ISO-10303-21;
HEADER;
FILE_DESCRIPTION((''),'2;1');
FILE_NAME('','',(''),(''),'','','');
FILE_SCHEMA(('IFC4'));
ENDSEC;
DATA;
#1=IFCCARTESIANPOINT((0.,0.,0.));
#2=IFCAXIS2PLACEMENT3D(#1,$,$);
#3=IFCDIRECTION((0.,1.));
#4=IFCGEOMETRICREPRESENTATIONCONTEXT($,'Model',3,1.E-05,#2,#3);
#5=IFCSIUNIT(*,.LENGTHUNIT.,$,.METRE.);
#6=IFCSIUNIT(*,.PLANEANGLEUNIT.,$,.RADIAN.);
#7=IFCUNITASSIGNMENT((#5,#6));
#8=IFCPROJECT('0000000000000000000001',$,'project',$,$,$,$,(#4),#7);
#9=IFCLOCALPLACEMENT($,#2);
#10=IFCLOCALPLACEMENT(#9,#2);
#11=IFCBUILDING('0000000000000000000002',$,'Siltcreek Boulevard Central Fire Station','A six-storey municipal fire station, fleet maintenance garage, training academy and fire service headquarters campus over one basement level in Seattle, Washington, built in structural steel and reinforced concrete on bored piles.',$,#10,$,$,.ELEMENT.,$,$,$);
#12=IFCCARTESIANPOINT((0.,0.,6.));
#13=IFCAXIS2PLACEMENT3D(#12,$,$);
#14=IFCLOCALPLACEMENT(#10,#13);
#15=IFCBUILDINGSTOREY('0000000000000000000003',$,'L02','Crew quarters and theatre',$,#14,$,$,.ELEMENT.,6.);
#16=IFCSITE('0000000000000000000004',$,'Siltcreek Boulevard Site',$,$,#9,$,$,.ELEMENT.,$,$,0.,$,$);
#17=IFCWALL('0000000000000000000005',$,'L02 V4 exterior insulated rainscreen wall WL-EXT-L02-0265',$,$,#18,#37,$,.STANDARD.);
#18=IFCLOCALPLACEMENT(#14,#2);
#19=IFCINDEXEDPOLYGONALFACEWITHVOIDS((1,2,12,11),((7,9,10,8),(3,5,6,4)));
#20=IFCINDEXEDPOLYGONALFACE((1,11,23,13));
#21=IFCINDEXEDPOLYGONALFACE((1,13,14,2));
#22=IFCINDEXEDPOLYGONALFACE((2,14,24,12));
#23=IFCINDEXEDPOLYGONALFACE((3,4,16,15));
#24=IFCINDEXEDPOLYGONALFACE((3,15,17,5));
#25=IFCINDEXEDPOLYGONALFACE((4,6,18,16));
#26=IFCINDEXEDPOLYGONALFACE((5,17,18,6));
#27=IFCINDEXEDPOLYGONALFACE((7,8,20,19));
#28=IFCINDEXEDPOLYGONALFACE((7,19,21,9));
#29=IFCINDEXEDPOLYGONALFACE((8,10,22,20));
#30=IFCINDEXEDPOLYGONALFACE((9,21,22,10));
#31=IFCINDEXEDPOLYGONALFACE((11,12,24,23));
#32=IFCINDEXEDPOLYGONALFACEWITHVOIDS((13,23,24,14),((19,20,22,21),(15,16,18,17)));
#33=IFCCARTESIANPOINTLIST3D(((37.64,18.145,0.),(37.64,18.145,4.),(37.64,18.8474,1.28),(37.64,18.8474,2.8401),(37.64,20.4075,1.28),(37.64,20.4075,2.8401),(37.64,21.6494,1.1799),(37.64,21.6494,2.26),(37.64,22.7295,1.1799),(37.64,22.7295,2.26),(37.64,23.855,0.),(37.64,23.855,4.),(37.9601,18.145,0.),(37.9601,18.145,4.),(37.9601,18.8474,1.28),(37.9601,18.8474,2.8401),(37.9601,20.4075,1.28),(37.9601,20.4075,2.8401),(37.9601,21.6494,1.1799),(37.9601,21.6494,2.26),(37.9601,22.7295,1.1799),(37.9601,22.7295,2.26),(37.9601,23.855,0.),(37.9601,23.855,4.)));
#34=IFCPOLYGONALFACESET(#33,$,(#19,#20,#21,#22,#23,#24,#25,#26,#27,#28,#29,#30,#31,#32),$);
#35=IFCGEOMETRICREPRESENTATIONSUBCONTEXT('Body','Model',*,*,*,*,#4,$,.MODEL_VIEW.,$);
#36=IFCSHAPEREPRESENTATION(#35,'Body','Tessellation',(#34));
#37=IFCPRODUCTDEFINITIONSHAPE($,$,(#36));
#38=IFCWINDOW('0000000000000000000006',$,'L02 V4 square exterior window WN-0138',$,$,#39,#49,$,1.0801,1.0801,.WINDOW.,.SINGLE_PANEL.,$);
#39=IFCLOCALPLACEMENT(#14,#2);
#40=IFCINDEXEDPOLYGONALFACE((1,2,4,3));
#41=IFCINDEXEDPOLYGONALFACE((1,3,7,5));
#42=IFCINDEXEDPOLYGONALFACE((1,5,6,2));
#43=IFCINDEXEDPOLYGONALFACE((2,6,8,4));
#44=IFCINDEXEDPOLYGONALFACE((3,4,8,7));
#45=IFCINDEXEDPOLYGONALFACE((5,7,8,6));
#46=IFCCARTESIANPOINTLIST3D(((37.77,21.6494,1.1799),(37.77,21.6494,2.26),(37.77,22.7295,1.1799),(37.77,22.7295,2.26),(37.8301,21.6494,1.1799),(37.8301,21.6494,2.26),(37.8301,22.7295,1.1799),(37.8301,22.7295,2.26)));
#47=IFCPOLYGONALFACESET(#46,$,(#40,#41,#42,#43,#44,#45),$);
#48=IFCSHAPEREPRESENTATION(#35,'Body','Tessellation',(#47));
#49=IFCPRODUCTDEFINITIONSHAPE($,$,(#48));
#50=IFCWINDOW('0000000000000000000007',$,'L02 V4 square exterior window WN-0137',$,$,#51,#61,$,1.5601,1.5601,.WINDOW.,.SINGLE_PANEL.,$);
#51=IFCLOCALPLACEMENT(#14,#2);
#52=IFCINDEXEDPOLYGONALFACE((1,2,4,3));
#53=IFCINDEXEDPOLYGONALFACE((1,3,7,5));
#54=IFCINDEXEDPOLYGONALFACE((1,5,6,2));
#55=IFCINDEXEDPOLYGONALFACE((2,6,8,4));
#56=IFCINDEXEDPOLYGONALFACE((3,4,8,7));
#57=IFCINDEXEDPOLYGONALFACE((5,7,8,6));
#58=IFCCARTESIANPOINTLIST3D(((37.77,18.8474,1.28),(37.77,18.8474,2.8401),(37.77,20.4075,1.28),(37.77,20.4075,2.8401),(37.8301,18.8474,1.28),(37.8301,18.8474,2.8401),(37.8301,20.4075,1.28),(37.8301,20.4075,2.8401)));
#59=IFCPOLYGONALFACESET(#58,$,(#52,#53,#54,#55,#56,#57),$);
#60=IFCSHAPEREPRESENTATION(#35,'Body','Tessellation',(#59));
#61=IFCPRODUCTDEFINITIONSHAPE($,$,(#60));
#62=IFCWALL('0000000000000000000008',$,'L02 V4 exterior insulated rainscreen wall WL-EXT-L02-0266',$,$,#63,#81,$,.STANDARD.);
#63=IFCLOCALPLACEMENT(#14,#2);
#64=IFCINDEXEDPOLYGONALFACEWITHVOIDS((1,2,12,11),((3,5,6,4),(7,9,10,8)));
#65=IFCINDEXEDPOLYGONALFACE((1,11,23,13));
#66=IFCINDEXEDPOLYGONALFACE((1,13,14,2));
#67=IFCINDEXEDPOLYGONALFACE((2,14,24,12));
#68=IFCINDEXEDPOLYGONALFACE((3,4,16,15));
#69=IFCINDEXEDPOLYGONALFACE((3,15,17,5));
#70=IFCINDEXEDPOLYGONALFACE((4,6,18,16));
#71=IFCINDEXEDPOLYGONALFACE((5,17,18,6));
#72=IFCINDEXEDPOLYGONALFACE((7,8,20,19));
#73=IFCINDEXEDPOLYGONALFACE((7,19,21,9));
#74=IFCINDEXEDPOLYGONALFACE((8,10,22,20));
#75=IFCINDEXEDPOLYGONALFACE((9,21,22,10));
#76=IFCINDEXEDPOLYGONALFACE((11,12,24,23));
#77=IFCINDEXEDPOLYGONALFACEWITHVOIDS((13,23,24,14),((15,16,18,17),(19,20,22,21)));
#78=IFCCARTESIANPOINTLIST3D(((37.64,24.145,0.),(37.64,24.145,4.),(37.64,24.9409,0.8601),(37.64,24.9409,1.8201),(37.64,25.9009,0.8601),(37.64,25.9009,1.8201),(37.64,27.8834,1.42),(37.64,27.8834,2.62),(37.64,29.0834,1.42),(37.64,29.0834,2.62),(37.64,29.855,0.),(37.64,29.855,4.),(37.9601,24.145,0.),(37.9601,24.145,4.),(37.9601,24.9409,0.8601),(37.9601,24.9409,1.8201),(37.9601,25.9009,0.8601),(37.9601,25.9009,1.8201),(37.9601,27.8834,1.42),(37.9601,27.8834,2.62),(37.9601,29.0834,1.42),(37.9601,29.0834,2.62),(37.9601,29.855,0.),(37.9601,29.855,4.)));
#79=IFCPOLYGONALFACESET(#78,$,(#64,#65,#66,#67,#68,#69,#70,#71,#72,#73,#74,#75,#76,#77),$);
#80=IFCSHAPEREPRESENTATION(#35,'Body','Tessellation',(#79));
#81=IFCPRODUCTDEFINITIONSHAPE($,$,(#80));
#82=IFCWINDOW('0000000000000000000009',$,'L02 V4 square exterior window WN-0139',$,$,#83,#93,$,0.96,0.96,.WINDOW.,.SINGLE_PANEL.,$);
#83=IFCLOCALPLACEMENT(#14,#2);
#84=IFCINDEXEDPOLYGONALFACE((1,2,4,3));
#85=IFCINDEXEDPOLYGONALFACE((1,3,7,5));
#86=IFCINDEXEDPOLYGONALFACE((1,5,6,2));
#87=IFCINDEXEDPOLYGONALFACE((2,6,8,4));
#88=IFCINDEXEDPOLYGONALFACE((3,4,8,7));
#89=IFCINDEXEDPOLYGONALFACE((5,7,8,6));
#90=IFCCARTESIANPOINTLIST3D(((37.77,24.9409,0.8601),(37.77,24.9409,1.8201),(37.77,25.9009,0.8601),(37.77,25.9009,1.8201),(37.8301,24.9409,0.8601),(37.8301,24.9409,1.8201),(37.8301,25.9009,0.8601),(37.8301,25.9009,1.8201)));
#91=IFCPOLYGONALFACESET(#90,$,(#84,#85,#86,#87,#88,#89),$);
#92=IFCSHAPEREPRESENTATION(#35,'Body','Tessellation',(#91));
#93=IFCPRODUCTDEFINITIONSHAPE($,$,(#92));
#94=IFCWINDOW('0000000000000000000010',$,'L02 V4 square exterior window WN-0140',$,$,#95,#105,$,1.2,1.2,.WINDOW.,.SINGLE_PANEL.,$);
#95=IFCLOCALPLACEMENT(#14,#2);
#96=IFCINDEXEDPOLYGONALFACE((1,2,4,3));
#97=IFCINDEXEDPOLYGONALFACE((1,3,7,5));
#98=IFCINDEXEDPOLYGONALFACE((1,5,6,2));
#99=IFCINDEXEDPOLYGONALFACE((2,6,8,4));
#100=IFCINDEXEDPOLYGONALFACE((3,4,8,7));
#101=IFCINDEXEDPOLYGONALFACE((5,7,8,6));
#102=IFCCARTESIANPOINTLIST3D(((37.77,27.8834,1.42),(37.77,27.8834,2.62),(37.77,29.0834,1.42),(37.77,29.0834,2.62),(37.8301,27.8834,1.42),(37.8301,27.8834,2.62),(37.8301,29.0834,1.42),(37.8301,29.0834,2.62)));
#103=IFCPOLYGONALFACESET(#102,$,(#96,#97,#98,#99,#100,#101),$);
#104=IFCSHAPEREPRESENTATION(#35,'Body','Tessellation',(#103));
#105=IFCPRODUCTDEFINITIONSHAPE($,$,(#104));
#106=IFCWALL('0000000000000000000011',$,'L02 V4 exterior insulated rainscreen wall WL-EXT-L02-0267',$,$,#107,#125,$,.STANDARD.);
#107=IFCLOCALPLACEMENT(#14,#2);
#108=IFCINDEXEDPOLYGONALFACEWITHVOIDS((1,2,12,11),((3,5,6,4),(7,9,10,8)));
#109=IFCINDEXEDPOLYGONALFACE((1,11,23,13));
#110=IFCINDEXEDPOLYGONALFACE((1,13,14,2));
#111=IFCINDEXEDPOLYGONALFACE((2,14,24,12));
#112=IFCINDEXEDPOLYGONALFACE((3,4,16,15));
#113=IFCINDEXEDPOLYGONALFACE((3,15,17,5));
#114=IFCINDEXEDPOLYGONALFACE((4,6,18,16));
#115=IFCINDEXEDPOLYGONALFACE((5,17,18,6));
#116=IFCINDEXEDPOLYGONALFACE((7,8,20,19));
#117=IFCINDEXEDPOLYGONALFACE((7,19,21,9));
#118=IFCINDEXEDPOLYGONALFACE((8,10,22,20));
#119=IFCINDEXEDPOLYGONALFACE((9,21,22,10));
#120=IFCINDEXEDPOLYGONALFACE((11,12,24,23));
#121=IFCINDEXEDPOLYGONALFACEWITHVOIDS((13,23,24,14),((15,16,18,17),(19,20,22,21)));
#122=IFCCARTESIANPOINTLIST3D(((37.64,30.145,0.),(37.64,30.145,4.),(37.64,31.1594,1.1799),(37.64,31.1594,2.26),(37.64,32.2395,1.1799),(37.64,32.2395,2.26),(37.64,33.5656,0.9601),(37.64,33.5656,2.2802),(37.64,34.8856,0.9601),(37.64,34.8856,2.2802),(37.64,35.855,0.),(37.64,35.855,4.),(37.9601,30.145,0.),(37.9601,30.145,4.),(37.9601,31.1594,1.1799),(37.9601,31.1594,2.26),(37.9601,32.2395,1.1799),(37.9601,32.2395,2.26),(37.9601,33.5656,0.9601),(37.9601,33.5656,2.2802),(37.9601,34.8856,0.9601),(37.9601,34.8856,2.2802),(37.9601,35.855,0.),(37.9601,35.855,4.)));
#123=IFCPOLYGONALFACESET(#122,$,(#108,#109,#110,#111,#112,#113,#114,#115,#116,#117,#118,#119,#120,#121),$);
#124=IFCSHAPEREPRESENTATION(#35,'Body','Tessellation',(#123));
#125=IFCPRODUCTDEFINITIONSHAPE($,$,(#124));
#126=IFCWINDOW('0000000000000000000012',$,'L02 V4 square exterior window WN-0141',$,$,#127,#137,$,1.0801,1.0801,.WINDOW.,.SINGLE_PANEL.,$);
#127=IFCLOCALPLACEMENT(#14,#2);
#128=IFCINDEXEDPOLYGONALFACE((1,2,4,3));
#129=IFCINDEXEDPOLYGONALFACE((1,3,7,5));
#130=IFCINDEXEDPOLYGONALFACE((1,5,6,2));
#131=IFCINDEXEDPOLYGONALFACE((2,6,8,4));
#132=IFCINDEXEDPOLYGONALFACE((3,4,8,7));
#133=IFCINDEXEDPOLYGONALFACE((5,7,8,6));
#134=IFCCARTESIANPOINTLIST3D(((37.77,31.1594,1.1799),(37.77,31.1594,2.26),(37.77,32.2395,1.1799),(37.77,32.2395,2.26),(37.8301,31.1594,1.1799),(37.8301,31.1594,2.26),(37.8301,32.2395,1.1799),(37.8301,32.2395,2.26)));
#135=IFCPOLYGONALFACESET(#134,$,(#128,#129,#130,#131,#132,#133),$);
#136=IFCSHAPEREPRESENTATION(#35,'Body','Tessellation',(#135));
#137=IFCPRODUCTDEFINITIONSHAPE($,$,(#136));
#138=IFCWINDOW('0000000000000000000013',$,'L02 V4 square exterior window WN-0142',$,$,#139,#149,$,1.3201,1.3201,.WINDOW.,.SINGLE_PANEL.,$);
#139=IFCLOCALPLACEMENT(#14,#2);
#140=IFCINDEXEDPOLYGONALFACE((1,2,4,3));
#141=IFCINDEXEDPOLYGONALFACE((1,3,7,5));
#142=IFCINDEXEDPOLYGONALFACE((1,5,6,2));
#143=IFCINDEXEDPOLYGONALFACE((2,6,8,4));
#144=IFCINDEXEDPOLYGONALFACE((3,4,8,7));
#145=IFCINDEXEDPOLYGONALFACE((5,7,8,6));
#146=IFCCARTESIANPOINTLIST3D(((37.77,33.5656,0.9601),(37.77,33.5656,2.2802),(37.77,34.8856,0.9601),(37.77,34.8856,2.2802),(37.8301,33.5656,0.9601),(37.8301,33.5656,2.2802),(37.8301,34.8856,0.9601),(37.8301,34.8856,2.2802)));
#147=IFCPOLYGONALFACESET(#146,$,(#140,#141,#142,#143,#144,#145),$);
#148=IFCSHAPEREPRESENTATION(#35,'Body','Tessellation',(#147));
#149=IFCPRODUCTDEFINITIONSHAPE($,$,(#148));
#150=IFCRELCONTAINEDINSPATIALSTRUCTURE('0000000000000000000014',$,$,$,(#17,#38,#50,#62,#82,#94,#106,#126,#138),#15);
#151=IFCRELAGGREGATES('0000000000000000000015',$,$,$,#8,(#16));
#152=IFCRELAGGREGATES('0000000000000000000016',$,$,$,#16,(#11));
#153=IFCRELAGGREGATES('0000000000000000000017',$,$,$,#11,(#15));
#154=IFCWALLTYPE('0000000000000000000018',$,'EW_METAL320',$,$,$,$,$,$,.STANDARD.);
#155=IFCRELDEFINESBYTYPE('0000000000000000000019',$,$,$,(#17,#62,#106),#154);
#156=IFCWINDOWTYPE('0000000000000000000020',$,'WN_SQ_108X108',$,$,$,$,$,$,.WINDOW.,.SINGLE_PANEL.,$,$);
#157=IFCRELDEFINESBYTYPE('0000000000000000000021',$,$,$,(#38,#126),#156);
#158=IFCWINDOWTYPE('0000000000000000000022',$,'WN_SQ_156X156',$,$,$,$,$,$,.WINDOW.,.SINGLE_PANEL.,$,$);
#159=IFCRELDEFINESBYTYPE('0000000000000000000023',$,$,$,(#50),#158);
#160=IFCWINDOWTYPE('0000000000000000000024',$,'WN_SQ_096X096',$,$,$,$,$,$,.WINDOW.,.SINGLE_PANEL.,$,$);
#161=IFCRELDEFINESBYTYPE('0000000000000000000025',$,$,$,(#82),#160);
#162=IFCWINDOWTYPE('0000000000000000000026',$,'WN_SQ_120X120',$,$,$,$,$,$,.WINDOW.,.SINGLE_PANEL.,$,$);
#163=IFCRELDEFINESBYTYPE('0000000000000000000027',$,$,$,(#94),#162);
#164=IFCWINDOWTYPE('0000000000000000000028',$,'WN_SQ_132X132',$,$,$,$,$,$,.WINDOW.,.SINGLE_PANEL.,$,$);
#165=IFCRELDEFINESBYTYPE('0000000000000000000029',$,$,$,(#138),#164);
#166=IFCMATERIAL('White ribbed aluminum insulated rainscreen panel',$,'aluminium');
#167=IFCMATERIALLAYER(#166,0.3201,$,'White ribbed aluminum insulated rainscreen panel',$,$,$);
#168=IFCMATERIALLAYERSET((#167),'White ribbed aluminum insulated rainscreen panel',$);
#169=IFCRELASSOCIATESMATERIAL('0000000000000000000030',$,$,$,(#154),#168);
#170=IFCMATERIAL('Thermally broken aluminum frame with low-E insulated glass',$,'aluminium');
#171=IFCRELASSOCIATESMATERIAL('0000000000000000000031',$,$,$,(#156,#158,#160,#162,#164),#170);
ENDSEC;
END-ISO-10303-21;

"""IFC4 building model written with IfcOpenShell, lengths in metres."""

from ifc_helpers import new_model, si_unit, direction, frame, frame_2d, origin, place, context, subcontext, project, spatial, rectangle, extrude, material, layer, layer_set, type_object, element, fill, save


model = new_model("IFC4")

# Units and contexts
model_context = context("Model", 3, precision=1e-05, world=origin(), true_north=direction((0.0, 1.0)))
body_context = subcontext(model_context, "Body", "Model", "MODEL_VIEW")
ifc_project = project(units=[si_unit("LENGTHUNIT", "METRE"), si_unit("PLANEANGLEUNIT", "RADIAN")], contexts=[model_context])

# Site, building, storey
site_placement = place(None, origin())
site = spatial("IfcSite", under=ifc_project, at=site_placement, Name="Siltcreek Boulevard Site", CompositionType="ELEMENT", RefElevation=0.0)
building_placement = place(site_placement, origin())
building = spatial("IfcBuilding", under=site, at=building_placement, Name="Siltcreek Boulevard Central Fire Station", Description="A six-storey municipal fire station, fleet maintenance garage, training academy and fire service headquarters campus over one basement level in Seattle, Washington, built in structural steel and reinforced concrete on bored piles.", CompositionType="ELEMENT")
storey_placement = place(building_placement, frame((0.0, 0.0, 6.0)))
storey = spatial("IfcBuildingStorey", under=building, at=storey_placement, Name="L02", Description="Crew quarters and theatre", CompositionType="ELEMENT", Elevation=6.0)

# Walls, openings, windows
ifc_material_1 = material(Name="White ribbed aluminum insulated rainscreen panel", Category="aluminium")
ifc_layer_1 = layer(ifc_material_1, 0.3201, Name="White ribbed aluminum insulated rainscreen panel")
ifc_layer_set_1 = layer_set([ifc_layer_1], Name="White ribbed aluminum insulated rainscreen panel")
wall_type = type_object("IfcWallType", Name="EW_METAL320", PredefinedType="STANDARD", material=ifc_layer_set_1)
wall_1_placement = place(storey_placement, frame((37.8, 18.145, 0.0), z_axis=(0.0, 0.0, 1.0), x_axis=(0.0, 1.0, 0.0)))
wall_1 = element("IfcWall", 1, at=wall_1_placement, inside=storey, type_object=wall_type, Name="L02 V4 exterior insulated rainscreen wall WL-EXT-L02-0265", PredefinedType="STANDARD", context=body_context, shape_type="SweptSolid", body=[
    extrude(rectangle(XDim=5.71, YDim=0.3201, at=frame_2d((2.855, 0.0))), origin(), (0.0, 0.0, 1.0), 4.0),
])
opening_1_placement = place(wall_1_placement, frame((0.7024, 0.0, 1.28)))
opening_1 = element("IfcOpeningElement", 2, at=opening_1_placement, cuts=wall_1, PredefinedType="OPENING", context=body_context, shape_type="SweptSolid", body=[
    extrude(rectangle(XDim=1.5601, YDim=1.5601, at=frame_2d((0.78, 0.78))), frame((0.0, 0.1699, 0.0), z_axis=(0.0, -1.0, 0.0), x_axis=(1.0, 0.0, 0.0)), (0.0, 0.0, 1.0), 0.3401),
])
opening_2_placement = place(wall_1_placement, frame((3.5044, 0.0, 1.1799)))
opening_2 = element("IfcOpeningElement", 3, at=opening_2_placement, cuts=wall_1, PredefinedType="OPENING", context=body_context, shape_type="SweptSolid", body=[
    extrude(rectangle(XDim=1.0801, YDim=1.0801, at=frame_2d((0.54, 0.54))), frame((0.0, 0.1699, 0.0), z_axis=(0.0, -1.0, 0.0), x_axis=(1.0, 0.0, 0.0)), (0.0, 0.0, 1.0), 0.3401),
])
ifc_material_2 = material(Name="Thermally broken aluminum frame with low-E insulated glass", Category="aluminium")
window_type_1 = type_object("IfcWindowType", Name="WN_SQ_108X108", PartitioningType="SINGLE_PANEL", PredefinedType="WINDOW", material=ifc_material_2)
window_1_placement = place(opening_2_placement, origin())
window_1 = element("IfcWindow", 4, at=window_1_placement, inside=storey, type_object=window_type_1, Name="L02 V4 square exterior window WN-0138", OverallHeight=1.0801, OverallWidth=1.0801, PartitioningType="SINGLE_PANEL", PredefinedType="WINDOW", context=body_context, shape_type="SweptSolid", body=[
    extrude(rectangle(XDim=1.0801, YDim=1.0801, at=frame_2d((0.54, 0.54))), frame((0.0, 0.03, 0.0), z_axis=(0.0, -1.0, 0.0), x_axis=(1.0, 0.0, 0.0)), (0.0, 0.0, 1.0), 0.0601),
])
fill(opening_2, window_1)
window_type_2 = type_object("IfcWindowType", Name="WN_SQ_156X156", PartitioningType="SINGLE_PANEL", PredefinedType="WINDOW", material=ifc_material_2)
window_2_placement = place(opening_1_placement, origin())
window_2 = element("IfcWindow", 5, at=window_2_placement, inside=storey, type_object=window_type_2, Name="L02 V4 square exterior window WN-0137", OverallHeight=1.5601, OverallWidth=1.5601, PartitioningType="SINGLE_PANEL", PredefinedType="WINDOW", context=body_context, shape_type="SweptSolid", body=[
    extrude(rectangle(XDim=1.5601, YDim=1.5601, at=frame_2d((0.78, 0.78))), frame((0.0, 0.03, 0.0), z_axis=(0.0, -1.0, 0.0), x_axis=(1.0, 0.0, 0.0)), (0.0, 0.0, 1.0), 0.0601),
])
fill(opening_1, window_2)
wall_2_placement = place(storey_placement, frame((37.8, 24.145, 0.0), z_axis=(0.0, 0.0, 1.0), x_axis=(0.0, 1.0, 0.0)))
wall_2 = element("IfcWall", 6, at=wall_2_placement, inside=storey, type_object=wall_type, Name="L02 V4 exterior insulated rainscreen wall WL-EXT-L02-0266", PredefinedType="STANDARD", context=body_context, shape_type="SweptSolid", body=[
    extrude(rectangle(XDim=5.71, YDim=0.3201, at=frame_2d((2.855, 0.0))), origin(), (0.0, 0.0, 1.0), 4.0),
])
opening_3_placement = place(wall_2_placement, frame((0.7959, 0.0, 0.8601)))
opening_3 = element("IfcOpeningElement", 7, at=opening_3_placement, cuts=wall_2, PredefinedType="OPENING", context=body_context, shape_type="SweptSolid", body=[
    extrude(rectangle(XDim=0.96, YDim=0.96, at=frame_2d((0.48, 0.48))), frame((0.0, 0.1699, 0.0), z_axis=(0.0, -1.0, 0.0), x_axis=(1.0, 0.0, 0.0)), (0.0, 0.0, 1.0), 0.3401),
])
opening_4_placement = place(wall_2_placement, frame((3.7383, 0.0, 1.4199)))
opening_4 = element("IfcOpeningElement", 8, at=opening_4_placement, cuts=wall_2, PredefinedType="OPENING", context=body_context, shape_type="SweptSolid", body=[
    extrude(rectangle(XDim=1.2, YDim=1.2, at=frame_2d((0.6001, 0.6001))), frame((0.0, 0.1699, 0.0), z_axis=(0.0, -1.0, 0.0), x_axis=(1.0, 0.0, 0.0)), (0.0, 0.0, 1.0), 0.3401),
])
window_type_3 = type_object("IfcWindowType", Name="WN_SQ_096X096", PartitioningType="SINGLE_PANEL", PredefinedType="WINDOW", material=ifc_material_2)
window_3_placement = place(opening_3_placement, origin())
window_3 = element("IfcWindow", 9, at=window_3_placement, inside=storey, type_object=window_type_3, Name="L02 V4 square exterior window WN-0139", OverallHeight=0.96, OverallWidth=0.96, PartitioningType="SINGLE_PANEL", PredefinedType="WINDOW", context=body_context, shape_type="SweptSolid", body=[
    extrude(rectangle(XDim=0.96, YDim=0.96, at=frame_2d((0.48, 0.48))), frame((0.0, 0.03, 0.0), z_axis=(0.0, -1.0, 0.0), x_axis=(1.0, 0.0, 0.0)), (0.0, 0.0, 1.0), 0.0601),
])
fill(opening_3, window_3)
window_type_4 = type_object("IfcWindowType", Name="WN_SQ_120X120", PartitioningType="SINGLE_PANEL", PredefinedType="WINDOW", material=ifc_material_2)
window_4_placement = place(opening_4_placement, origin())
window_4 = element("IfcWindow", 10, at=window_4_placement, inside=storey, type_object=window_type_4, Name="L02 V4 square exterior window WN-0140", OverallHeight=1.2, OverallWidth=1.2, PartitioningType="SINGLE_PANEL", PredefinedType="WINDOW", context=body_context, shape_type="SweptSolid", body=[
    extrude(rectangle(XDim=1.2, YDim=1.2, at=frame_2d((0.6001, 0.6001))), frame((0.0, 0.03, 0.0), z_axis=(0.0, -1.0, 0.0), x_axis=(1.0, 0.0, 0.0)), (0.0, 0.0, 1.0), 0.0601),
])
fill(opening_4, window_4)
wall_3_placement = place(storey_placement, frame((37.8, 30.145, 0.0), z_axis=(0.0, 0.0, 1.0), x_axis=(0.0, 1.0, 0.0)))
wall_3 = element("IfcWall", 11, at=wall_3_placement, inside=storey, type_object=wall_type, Name="L02 V4 exterior insulated rainscreen wall WL-EXT-L02-0267", PredefinedType="STANDARD", context=body_context, shape_type="SweptSolid", body=[
    extrude(rectangle(XDim=5.71, YDim=0.3201, at=frame_2d((2.855, 0.0))), origin(), (0.0, 0.0, 1.0), 4.0),
])
opening_5_placement = place(wall_3_placement, frame((1.0144, 0.0, 1.1799)))
opening_5 = element("IfcOpeningElement", 12, at=opening_5_placement, cuts=wall_3, PredefinedType="OPENING", context=body_context, shape_type="SweptSolid", body=[
    extrude(rectangle(XDim=1.0801, YDim=1.0801, at=frame_2d((0.54, 0.54))), frame((0.0, 0.1699, 0.0), z_axis=(0.0, -1.0, 0.0), x_axis=(1.0, 0.0, 0.0)), (0.0, 0.0, 1.0), 0.3401),
])
opening_6_placement = place(wall_3_placement, frame((3.4204, 0.0, 0.96)))
opening_6 = element("IfcOpeningElement", 13, at=opening_6_placement, cuts=wall_3, PredefinedType="OPENING", context=body_context, shape_type="SweptSolid", body=[
    extrude(rectangle(XDim=1.3201, YDim=1.3201, at=frame_2d((0.6602, 0.6602))), frame((0.0, 0.1699, 0.0), z_axis=(0.0, -1.0, 0.0), x_axis=(1.0, 0.0, 0.0)), (0.0, 0.0, 1.0), 0.3401),
])
window_5_placement = place(opening_5_placement, origin())
window_5 = element("IfcWindow", 14, at=window_5_placement, inside=storey, type_object=window_type_1, Name="L02 V4 square exterior window WN-0141", OverallHeight=1.0801, OverallWidth=1.0801, PartitioningType="SINGLE_PANEL", PredefinedType="WINDOW", context=body_context, shape_type="SweptSolid", body=[
    extrude(rectangle(XDim=1.0801, YDim=1.0801, at=frame_2d((0.54, 0.54))), frame((0.0, 0.03, 0.0), z_axis=(0.0, -1.0, 0.0), x_axis=(1.0, 0.0, 0.0)), (0.0, 0.0, 1.0), 0.0601),
])
fill(opening_5, window_5)
window_type_5 = type_object("IfcWindowType", Name="WN_SQ_132X132", PartitioningType="SINGLE_PANEL", PredefinedType="WINDOW", material=ifc_material_2)
window_6_placement = place(opening_6_placement, origin())
window_6 = element("IfcWindow", 15, at=window_6_placement, inside=storey, type_object=window_type_5, Name="L02 V4 square exterior window WN-0142", OverallHeight=1.3201, OverallWidth=1.3201, PartitioningType="SINGLE_PANEL", PredefinedType="WINDOW", context=body_context, shape_type="SweptSolid", body=[
    extrude(rectangle(XDim=1.3201, YDim=1.3201, at=frame_2d((0.6602, 0.6602))), frame((0.0, 0.03, 0.0), z_axis=(0.0, -1.0, 0.0), x_axis=(1.0, 0.0, 0.0)), (0.0, 0.0, 1.0), 0.0601),
])
fill(opening_6, window_6)

save(model, "model.ifc")
